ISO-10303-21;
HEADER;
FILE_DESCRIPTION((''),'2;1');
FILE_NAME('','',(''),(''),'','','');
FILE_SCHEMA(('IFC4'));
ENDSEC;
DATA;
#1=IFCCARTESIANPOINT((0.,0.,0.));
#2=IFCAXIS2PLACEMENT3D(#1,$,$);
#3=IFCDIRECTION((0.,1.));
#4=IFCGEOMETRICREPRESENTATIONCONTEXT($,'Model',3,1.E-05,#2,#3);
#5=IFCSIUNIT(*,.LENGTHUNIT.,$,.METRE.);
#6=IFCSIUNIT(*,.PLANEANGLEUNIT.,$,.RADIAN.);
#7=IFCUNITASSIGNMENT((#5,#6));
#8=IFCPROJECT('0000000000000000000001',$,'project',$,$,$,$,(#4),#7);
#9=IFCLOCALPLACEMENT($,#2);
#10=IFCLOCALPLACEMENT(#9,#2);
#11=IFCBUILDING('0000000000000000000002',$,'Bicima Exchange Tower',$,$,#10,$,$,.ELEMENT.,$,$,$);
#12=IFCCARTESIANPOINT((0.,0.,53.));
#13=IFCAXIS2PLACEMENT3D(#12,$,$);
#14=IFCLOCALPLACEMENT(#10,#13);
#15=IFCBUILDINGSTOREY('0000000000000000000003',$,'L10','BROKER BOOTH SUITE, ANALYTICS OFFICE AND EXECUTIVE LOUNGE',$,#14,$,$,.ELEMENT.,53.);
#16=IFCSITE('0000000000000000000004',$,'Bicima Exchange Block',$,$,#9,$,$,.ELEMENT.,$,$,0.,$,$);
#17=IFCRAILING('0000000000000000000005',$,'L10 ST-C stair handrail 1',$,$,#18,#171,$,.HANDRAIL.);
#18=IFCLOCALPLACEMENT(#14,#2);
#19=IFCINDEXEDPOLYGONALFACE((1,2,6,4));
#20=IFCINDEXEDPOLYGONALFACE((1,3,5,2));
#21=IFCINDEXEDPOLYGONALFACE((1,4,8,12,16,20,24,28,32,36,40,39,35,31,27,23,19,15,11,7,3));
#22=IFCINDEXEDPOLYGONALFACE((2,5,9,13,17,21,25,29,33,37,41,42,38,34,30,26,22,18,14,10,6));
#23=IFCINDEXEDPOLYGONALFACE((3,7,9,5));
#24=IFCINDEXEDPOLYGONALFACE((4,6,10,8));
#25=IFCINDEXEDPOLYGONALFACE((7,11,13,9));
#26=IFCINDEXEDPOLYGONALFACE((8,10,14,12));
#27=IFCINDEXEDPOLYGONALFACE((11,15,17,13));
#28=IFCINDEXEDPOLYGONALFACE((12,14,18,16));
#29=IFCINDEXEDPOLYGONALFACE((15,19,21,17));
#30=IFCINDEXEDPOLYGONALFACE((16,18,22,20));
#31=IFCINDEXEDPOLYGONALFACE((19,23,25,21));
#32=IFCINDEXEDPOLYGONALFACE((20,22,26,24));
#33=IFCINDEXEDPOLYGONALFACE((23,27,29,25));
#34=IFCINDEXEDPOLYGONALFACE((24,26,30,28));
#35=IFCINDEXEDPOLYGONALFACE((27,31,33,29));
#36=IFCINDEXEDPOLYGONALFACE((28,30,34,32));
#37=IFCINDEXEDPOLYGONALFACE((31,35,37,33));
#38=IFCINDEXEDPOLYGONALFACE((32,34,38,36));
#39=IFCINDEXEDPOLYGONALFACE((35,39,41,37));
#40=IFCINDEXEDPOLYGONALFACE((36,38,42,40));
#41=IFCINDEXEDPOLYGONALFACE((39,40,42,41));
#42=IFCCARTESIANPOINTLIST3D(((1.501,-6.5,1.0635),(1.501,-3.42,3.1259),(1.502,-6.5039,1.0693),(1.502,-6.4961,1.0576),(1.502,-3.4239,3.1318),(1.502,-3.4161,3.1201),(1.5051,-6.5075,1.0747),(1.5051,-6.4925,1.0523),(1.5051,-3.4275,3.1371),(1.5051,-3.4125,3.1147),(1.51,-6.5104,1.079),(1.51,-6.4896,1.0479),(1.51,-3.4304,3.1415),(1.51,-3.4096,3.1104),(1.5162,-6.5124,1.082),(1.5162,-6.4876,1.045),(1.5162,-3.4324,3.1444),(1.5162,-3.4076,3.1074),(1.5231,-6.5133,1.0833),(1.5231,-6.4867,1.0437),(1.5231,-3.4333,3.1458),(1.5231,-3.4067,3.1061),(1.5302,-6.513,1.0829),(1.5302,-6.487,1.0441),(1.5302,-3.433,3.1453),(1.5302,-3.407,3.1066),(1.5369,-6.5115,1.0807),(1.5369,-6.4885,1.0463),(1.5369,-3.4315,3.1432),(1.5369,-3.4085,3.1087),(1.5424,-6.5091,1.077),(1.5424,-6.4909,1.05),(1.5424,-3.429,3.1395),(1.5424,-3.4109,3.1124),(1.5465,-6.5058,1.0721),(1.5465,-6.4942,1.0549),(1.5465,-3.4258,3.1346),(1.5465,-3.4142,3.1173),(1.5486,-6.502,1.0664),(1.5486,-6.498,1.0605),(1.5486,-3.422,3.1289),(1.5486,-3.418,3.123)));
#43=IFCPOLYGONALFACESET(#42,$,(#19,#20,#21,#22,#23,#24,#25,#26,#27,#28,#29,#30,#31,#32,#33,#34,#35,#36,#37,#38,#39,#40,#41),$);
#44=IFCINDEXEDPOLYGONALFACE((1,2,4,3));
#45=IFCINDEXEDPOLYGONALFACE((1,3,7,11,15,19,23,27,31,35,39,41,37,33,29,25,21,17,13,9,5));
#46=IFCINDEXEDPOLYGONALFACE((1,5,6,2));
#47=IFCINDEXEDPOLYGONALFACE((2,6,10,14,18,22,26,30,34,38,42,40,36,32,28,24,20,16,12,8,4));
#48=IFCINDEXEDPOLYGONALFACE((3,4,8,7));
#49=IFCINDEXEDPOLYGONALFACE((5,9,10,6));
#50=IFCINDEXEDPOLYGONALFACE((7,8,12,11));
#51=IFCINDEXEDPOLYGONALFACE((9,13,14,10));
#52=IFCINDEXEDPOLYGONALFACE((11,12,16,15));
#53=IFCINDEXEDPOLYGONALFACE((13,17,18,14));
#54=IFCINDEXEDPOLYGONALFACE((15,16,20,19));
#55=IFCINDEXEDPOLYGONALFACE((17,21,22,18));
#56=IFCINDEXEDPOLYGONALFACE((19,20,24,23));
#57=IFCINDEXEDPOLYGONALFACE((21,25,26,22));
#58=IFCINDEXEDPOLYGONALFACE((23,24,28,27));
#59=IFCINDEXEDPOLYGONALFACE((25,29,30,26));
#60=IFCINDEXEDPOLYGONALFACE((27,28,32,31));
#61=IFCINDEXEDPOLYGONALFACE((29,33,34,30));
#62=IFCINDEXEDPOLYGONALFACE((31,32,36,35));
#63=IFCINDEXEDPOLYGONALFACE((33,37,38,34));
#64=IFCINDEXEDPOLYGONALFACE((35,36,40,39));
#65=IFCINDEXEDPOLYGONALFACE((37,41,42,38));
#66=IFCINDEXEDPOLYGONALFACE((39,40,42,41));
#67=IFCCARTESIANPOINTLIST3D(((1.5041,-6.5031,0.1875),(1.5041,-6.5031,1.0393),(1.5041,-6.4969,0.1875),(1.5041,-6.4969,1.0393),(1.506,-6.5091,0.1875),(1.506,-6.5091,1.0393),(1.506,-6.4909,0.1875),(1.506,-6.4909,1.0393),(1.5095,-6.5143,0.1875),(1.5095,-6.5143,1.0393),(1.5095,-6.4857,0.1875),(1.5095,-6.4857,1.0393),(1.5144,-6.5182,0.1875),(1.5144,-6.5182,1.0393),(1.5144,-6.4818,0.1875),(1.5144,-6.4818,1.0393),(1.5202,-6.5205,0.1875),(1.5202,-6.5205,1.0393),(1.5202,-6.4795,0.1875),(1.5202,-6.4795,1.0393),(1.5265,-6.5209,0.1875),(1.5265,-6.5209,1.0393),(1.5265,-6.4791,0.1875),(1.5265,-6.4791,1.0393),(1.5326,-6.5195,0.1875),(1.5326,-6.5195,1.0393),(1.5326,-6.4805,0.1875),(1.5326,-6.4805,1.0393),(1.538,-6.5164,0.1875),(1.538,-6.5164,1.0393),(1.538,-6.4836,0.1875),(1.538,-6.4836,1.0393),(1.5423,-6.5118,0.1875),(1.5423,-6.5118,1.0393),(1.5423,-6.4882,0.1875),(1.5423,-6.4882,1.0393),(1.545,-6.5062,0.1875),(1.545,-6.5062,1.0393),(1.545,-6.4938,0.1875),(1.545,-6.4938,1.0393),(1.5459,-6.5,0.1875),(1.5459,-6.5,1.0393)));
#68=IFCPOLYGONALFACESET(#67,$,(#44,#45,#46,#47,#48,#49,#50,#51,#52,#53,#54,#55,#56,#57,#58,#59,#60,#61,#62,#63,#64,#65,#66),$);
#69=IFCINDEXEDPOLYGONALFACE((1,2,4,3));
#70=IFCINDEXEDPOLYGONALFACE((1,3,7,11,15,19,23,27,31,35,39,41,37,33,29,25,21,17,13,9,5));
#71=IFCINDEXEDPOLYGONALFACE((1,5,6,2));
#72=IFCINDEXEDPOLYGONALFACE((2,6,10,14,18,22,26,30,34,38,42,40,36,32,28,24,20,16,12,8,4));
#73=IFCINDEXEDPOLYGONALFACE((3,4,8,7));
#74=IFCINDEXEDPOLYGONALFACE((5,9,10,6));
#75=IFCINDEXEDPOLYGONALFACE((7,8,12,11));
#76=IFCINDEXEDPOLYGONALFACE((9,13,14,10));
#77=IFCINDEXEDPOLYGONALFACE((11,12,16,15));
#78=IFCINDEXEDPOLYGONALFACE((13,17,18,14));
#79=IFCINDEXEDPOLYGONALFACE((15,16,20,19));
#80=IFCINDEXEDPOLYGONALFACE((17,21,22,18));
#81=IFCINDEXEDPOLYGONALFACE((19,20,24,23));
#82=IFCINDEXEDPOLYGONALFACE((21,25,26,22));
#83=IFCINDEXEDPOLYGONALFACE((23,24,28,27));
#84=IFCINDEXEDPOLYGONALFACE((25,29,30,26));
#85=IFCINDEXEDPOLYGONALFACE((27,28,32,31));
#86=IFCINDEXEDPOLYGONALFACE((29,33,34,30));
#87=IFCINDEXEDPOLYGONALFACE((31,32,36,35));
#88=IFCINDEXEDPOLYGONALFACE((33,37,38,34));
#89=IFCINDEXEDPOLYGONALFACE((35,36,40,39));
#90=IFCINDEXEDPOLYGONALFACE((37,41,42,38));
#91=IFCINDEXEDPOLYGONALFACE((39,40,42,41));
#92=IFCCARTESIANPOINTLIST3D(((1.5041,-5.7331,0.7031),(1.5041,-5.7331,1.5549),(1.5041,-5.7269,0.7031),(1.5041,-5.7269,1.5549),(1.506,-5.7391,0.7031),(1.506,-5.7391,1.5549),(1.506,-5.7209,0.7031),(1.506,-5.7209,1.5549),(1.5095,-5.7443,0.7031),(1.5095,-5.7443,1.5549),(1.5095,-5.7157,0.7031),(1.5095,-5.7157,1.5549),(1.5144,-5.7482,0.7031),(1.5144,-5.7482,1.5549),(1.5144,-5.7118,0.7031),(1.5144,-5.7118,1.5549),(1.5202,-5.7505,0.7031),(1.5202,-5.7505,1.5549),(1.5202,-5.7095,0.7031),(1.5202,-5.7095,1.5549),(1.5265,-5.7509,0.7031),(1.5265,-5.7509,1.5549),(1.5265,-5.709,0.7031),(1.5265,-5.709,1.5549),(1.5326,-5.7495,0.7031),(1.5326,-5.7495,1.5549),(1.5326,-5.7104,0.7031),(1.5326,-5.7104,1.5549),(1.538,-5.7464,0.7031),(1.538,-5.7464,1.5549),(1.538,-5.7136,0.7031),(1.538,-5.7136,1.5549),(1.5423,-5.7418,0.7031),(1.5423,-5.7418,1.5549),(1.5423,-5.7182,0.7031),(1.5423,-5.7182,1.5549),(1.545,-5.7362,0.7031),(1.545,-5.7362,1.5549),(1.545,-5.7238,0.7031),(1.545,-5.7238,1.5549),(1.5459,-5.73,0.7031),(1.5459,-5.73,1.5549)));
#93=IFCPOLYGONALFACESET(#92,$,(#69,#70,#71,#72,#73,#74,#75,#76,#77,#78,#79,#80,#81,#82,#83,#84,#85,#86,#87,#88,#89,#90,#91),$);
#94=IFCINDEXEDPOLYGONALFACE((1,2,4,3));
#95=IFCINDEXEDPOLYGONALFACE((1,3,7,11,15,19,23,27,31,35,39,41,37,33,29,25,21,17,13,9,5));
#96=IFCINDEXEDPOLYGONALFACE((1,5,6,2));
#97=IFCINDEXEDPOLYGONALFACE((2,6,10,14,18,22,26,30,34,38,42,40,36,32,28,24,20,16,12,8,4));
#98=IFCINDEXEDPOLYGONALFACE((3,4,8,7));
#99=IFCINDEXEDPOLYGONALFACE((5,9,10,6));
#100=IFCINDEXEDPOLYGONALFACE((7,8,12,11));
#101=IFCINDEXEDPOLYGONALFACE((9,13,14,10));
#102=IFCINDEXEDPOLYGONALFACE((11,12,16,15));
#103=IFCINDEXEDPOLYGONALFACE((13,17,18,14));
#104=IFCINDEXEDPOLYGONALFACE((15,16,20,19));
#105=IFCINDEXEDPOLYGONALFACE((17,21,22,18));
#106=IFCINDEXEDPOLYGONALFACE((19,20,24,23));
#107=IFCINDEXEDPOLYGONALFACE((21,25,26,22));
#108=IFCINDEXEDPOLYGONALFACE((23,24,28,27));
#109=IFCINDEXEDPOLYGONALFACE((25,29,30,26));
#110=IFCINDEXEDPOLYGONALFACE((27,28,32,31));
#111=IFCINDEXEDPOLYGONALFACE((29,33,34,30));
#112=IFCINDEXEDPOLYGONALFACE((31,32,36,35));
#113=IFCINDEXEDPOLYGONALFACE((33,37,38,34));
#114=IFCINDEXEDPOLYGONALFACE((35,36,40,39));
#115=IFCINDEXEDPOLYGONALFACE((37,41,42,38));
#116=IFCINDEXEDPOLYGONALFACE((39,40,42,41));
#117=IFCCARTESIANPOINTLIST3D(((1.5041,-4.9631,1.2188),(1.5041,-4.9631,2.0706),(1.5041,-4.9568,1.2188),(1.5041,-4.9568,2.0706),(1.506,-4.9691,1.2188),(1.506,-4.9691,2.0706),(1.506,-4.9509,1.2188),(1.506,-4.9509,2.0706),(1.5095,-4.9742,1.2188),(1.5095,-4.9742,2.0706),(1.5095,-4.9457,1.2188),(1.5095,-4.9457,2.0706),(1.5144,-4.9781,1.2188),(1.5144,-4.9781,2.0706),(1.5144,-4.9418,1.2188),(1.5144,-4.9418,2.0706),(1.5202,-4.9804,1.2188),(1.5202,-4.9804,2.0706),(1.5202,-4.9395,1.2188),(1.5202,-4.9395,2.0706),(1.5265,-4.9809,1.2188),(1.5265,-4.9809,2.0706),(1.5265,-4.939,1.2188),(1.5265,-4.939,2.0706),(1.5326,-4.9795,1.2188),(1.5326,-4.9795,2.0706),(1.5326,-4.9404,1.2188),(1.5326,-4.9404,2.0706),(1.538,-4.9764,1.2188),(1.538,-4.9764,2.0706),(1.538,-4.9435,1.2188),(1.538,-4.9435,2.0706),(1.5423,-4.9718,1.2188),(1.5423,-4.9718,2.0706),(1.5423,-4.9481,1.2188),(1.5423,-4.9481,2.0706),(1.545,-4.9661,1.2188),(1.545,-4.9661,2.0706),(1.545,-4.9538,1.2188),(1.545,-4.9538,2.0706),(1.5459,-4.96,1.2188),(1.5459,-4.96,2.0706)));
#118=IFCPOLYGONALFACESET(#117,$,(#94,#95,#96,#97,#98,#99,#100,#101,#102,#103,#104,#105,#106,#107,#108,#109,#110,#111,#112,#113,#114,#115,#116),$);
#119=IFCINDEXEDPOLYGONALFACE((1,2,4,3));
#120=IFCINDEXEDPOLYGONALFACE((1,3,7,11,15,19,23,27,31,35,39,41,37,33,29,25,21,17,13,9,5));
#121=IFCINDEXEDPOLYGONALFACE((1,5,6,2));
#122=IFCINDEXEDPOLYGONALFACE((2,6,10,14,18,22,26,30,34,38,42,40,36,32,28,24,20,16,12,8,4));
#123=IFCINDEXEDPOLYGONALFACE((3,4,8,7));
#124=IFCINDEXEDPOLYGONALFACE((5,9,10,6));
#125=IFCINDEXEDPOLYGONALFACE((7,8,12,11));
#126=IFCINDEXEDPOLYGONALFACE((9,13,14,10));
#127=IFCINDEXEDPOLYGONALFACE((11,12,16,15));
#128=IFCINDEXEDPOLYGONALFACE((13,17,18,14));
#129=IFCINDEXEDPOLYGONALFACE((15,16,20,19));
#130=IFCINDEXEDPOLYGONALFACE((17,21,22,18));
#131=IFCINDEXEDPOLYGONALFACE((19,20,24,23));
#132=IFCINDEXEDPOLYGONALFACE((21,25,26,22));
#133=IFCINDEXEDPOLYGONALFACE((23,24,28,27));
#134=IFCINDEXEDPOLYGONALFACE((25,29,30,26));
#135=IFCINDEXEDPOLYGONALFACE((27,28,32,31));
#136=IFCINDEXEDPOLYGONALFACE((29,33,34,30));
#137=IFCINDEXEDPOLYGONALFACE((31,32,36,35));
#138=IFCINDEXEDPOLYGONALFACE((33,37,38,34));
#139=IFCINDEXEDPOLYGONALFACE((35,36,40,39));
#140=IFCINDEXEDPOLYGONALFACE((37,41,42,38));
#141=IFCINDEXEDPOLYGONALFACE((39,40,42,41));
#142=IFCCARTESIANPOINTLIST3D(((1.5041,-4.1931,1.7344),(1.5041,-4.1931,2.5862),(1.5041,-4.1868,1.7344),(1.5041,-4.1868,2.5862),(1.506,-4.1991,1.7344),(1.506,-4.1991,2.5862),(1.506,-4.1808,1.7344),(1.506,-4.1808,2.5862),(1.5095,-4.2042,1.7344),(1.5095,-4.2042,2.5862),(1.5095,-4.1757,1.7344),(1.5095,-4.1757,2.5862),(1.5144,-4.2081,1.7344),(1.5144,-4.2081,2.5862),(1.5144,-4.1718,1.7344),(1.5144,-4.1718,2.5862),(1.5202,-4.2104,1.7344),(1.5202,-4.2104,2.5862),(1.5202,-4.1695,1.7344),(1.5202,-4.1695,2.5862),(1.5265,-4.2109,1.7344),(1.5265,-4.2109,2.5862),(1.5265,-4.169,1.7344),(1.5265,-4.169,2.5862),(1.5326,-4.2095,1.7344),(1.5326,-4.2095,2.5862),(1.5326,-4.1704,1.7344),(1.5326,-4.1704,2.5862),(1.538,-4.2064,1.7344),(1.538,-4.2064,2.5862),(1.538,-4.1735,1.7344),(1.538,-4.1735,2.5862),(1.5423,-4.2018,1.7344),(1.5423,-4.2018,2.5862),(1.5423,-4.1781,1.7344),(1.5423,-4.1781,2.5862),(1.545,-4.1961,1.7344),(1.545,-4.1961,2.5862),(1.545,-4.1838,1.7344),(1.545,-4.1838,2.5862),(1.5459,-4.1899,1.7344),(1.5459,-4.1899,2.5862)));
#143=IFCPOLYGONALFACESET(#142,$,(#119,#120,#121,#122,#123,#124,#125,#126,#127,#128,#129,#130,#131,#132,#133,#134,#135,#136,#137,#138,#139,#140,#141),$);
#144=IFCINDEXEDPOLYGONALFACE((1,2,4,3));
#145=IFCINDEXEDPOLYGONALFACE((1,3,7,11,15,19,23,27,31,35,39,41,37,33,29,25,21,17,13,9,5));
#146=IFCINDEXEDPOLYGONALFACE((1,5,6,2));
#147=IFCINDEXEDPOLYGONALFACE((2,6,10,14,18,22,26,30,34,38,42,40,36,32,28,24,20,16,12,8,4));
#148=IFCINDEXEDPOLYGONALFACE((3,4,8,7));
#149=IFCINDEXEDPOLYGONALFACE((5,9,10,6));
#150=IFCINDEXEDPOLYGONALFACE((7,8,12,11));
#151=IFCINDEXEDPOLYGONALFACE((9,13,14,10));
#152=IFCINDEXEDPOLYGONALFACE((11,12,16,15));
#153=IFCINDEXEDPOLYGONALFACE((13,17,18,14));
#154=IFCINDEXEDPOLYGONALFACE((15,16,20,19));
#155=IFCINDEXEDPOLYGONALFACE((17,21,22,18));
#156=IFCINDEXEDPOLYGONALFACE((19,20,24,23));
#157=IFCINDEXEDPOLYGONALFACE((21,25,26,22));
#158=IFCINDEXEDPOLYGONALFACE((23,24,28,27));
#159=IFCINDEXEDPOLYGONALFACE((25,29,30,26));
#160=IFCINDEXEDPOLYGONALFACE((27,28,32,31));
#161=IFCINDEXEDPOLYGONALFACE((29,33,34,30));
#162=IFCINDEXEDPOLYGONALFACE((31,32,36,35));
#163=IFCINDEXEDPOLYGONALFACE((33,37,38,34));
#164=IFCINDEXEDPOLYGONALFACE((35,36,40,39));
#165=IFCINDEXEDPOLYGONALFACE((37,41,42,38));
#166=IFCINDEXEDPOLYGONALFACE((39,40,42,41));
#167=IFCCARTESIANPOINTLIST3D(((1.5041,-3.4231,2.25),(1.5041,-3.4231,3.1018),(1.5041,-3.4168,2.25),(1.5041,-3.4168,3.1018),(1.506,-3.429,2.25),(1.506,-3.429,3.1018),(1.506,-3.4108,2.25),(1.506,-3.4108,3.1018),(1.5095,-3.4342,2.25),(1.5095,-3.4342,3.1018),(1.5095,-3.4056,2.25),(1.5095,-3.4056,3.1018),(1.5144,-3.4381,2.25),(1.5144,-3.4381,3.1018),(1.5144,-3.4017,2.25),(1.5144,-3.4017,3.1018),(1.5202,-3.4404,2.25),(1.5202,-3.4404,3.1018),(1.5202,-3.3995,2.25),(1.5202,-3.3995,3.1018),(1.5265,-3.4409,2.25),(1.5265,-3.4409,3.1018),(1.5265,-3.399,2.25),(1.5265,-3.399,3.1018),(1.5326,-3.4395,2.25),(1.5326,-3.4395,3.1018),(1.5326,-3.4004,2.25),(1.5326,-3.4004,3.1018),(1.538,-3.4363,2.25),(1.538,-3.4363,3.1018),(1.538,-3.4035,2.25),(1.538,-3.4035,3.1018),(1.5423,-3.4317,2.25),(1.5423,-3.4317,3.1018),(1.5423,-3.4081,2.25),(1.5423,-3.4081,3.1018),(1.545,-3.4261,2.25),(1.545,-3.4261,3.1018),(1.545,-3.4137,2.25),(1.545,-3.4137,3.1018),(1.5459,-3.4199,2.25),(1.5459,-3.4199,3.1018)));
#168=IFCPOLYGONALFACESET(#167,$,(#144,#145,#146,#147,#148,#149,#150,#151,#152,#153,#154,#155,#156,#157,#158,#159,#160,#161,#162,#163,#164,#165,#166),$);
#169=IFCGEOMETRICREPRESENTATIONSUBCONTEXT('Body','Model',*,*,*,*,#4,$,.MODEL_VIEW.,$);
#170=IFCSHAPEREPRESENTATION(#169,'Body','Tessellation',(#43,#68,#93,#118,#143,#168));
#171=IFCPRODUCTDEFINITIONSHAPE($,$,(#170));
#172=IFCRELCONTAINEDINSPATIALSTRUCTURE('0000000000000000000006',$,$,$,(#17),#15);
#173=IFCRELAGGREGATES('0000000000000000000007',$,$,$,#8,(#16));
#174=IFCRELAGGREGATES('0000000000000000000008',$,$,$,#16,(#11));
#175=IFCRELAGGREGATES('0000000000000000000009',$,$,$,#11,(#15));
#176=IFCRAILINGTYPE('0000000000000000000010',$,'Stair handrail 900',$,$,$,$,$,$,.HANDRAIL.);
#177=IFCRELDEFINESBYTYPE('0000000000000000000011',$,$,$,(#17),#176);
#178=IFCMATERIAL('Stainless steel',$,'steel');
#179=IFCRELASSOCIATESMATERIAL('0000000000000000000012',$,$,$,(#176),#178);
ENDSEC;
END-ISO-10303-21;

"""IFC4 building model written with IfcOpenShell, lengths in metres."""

from ifc_helpers import new_model, si_unit, direction, frame, origin, origin_2d, place, context, subcontext, project, spatial, circle, extrude, material, type_object, element, save


model = new_model("IFC4")

# Units and contexts
model_context = context("Model", 3, precision=1e-05, world=origin(), true_north=direction((0.0, 1.0)))
body_context = subcontext(model_context, "Body", "Model", "MODEL_VIEW")
ifc_project = project(units=[si_unit("LENGTHUNIT", "METRE"), si_unit("PLANEANGLEUNIT", "RADIAN")], contexts=[model_context])

# Site, building, storey
site_placement = place(None, origin())
site = spatial("IfcSite", under=ifc_project, at=site_placement, Name="Bicima Exchange Block", CompositionType="ELEMENT", RefElevation=0.0)
building_placement = place(site_placement, origin())
building = spatial("IfcBuilding", under=site, at=building_placement, Name="Bicima Exchange Tower", CompositionType="ELEMENT")
storey_placement = place(building_placement, frame((0.0, 0.0, 53.0)))
storey = spatial("IfcBuildingStorey", under=building, at=storey_placement, Name="L10", Description="BROKER BOOTH SUITE, ANALYTICS OFFICE AND EXECUTIVE LOUNGE", CompositionType="ELEMENT", Elevation=53.0)

# Shared definitions
ifc_material_1 = material(Name="Stainless steel", Category="steel")

# Railing
railing_type_1 = type_object("IfcRailingType", Name="Stair handrail 900", PredefinedType="HANDRAIL", material=ifc_material_1)
railing_1_placement = place(storey_placement, frame((1.5249, -6.5, 0.1875)))
element("IfcRailing", 1, at=railing_1_placement, inside=storey, type_object=railing_type_1, Name="L10 ST-C stair handrail 1", PredefinedType="HANDRAIL", context=body_context, shape_type="SweptSolid", body=[
    extrude(circle(Radius=0.0239, at=origin_2d()), frame((0.0, 0.0, 0.876), z_axis=(0.0, 0.830914, 0.556401), x_axis=(-1.0, 0.0, 0.0)), (0.0, 0.0, 1.0), 3.7068),
    extrude(circle(Radius=0.021, at=origin_2d()), origin(), (0.0, 0.0, 1.0), 0.8518),
    extrude(circle(Radius=0.021, at=origin_2d()), frame((0.0, 0.77, 0.5156)), (0.0, 0.0, 1.0), 0.8518),
    extrude(circle(Radius=0.021, at=origin_2d()), frame((0.0, 1.54, 1.0312)), (0.0, 0.0, 1.0), 0.8518),
    extrude(circle(Radius=0.021, at=origin_2d()), frame((0.0, 2.3101, 1.5469)), (0.0, 0.0, 1.0), 0.8518),
    extrude(circle(Radius=0.021, at=origin_2d()), frame((0.0, 3.0801, 2.0625)), (0.0, 0.0, 1.0), 0.8518),
])

save(model, "model.ifc")
